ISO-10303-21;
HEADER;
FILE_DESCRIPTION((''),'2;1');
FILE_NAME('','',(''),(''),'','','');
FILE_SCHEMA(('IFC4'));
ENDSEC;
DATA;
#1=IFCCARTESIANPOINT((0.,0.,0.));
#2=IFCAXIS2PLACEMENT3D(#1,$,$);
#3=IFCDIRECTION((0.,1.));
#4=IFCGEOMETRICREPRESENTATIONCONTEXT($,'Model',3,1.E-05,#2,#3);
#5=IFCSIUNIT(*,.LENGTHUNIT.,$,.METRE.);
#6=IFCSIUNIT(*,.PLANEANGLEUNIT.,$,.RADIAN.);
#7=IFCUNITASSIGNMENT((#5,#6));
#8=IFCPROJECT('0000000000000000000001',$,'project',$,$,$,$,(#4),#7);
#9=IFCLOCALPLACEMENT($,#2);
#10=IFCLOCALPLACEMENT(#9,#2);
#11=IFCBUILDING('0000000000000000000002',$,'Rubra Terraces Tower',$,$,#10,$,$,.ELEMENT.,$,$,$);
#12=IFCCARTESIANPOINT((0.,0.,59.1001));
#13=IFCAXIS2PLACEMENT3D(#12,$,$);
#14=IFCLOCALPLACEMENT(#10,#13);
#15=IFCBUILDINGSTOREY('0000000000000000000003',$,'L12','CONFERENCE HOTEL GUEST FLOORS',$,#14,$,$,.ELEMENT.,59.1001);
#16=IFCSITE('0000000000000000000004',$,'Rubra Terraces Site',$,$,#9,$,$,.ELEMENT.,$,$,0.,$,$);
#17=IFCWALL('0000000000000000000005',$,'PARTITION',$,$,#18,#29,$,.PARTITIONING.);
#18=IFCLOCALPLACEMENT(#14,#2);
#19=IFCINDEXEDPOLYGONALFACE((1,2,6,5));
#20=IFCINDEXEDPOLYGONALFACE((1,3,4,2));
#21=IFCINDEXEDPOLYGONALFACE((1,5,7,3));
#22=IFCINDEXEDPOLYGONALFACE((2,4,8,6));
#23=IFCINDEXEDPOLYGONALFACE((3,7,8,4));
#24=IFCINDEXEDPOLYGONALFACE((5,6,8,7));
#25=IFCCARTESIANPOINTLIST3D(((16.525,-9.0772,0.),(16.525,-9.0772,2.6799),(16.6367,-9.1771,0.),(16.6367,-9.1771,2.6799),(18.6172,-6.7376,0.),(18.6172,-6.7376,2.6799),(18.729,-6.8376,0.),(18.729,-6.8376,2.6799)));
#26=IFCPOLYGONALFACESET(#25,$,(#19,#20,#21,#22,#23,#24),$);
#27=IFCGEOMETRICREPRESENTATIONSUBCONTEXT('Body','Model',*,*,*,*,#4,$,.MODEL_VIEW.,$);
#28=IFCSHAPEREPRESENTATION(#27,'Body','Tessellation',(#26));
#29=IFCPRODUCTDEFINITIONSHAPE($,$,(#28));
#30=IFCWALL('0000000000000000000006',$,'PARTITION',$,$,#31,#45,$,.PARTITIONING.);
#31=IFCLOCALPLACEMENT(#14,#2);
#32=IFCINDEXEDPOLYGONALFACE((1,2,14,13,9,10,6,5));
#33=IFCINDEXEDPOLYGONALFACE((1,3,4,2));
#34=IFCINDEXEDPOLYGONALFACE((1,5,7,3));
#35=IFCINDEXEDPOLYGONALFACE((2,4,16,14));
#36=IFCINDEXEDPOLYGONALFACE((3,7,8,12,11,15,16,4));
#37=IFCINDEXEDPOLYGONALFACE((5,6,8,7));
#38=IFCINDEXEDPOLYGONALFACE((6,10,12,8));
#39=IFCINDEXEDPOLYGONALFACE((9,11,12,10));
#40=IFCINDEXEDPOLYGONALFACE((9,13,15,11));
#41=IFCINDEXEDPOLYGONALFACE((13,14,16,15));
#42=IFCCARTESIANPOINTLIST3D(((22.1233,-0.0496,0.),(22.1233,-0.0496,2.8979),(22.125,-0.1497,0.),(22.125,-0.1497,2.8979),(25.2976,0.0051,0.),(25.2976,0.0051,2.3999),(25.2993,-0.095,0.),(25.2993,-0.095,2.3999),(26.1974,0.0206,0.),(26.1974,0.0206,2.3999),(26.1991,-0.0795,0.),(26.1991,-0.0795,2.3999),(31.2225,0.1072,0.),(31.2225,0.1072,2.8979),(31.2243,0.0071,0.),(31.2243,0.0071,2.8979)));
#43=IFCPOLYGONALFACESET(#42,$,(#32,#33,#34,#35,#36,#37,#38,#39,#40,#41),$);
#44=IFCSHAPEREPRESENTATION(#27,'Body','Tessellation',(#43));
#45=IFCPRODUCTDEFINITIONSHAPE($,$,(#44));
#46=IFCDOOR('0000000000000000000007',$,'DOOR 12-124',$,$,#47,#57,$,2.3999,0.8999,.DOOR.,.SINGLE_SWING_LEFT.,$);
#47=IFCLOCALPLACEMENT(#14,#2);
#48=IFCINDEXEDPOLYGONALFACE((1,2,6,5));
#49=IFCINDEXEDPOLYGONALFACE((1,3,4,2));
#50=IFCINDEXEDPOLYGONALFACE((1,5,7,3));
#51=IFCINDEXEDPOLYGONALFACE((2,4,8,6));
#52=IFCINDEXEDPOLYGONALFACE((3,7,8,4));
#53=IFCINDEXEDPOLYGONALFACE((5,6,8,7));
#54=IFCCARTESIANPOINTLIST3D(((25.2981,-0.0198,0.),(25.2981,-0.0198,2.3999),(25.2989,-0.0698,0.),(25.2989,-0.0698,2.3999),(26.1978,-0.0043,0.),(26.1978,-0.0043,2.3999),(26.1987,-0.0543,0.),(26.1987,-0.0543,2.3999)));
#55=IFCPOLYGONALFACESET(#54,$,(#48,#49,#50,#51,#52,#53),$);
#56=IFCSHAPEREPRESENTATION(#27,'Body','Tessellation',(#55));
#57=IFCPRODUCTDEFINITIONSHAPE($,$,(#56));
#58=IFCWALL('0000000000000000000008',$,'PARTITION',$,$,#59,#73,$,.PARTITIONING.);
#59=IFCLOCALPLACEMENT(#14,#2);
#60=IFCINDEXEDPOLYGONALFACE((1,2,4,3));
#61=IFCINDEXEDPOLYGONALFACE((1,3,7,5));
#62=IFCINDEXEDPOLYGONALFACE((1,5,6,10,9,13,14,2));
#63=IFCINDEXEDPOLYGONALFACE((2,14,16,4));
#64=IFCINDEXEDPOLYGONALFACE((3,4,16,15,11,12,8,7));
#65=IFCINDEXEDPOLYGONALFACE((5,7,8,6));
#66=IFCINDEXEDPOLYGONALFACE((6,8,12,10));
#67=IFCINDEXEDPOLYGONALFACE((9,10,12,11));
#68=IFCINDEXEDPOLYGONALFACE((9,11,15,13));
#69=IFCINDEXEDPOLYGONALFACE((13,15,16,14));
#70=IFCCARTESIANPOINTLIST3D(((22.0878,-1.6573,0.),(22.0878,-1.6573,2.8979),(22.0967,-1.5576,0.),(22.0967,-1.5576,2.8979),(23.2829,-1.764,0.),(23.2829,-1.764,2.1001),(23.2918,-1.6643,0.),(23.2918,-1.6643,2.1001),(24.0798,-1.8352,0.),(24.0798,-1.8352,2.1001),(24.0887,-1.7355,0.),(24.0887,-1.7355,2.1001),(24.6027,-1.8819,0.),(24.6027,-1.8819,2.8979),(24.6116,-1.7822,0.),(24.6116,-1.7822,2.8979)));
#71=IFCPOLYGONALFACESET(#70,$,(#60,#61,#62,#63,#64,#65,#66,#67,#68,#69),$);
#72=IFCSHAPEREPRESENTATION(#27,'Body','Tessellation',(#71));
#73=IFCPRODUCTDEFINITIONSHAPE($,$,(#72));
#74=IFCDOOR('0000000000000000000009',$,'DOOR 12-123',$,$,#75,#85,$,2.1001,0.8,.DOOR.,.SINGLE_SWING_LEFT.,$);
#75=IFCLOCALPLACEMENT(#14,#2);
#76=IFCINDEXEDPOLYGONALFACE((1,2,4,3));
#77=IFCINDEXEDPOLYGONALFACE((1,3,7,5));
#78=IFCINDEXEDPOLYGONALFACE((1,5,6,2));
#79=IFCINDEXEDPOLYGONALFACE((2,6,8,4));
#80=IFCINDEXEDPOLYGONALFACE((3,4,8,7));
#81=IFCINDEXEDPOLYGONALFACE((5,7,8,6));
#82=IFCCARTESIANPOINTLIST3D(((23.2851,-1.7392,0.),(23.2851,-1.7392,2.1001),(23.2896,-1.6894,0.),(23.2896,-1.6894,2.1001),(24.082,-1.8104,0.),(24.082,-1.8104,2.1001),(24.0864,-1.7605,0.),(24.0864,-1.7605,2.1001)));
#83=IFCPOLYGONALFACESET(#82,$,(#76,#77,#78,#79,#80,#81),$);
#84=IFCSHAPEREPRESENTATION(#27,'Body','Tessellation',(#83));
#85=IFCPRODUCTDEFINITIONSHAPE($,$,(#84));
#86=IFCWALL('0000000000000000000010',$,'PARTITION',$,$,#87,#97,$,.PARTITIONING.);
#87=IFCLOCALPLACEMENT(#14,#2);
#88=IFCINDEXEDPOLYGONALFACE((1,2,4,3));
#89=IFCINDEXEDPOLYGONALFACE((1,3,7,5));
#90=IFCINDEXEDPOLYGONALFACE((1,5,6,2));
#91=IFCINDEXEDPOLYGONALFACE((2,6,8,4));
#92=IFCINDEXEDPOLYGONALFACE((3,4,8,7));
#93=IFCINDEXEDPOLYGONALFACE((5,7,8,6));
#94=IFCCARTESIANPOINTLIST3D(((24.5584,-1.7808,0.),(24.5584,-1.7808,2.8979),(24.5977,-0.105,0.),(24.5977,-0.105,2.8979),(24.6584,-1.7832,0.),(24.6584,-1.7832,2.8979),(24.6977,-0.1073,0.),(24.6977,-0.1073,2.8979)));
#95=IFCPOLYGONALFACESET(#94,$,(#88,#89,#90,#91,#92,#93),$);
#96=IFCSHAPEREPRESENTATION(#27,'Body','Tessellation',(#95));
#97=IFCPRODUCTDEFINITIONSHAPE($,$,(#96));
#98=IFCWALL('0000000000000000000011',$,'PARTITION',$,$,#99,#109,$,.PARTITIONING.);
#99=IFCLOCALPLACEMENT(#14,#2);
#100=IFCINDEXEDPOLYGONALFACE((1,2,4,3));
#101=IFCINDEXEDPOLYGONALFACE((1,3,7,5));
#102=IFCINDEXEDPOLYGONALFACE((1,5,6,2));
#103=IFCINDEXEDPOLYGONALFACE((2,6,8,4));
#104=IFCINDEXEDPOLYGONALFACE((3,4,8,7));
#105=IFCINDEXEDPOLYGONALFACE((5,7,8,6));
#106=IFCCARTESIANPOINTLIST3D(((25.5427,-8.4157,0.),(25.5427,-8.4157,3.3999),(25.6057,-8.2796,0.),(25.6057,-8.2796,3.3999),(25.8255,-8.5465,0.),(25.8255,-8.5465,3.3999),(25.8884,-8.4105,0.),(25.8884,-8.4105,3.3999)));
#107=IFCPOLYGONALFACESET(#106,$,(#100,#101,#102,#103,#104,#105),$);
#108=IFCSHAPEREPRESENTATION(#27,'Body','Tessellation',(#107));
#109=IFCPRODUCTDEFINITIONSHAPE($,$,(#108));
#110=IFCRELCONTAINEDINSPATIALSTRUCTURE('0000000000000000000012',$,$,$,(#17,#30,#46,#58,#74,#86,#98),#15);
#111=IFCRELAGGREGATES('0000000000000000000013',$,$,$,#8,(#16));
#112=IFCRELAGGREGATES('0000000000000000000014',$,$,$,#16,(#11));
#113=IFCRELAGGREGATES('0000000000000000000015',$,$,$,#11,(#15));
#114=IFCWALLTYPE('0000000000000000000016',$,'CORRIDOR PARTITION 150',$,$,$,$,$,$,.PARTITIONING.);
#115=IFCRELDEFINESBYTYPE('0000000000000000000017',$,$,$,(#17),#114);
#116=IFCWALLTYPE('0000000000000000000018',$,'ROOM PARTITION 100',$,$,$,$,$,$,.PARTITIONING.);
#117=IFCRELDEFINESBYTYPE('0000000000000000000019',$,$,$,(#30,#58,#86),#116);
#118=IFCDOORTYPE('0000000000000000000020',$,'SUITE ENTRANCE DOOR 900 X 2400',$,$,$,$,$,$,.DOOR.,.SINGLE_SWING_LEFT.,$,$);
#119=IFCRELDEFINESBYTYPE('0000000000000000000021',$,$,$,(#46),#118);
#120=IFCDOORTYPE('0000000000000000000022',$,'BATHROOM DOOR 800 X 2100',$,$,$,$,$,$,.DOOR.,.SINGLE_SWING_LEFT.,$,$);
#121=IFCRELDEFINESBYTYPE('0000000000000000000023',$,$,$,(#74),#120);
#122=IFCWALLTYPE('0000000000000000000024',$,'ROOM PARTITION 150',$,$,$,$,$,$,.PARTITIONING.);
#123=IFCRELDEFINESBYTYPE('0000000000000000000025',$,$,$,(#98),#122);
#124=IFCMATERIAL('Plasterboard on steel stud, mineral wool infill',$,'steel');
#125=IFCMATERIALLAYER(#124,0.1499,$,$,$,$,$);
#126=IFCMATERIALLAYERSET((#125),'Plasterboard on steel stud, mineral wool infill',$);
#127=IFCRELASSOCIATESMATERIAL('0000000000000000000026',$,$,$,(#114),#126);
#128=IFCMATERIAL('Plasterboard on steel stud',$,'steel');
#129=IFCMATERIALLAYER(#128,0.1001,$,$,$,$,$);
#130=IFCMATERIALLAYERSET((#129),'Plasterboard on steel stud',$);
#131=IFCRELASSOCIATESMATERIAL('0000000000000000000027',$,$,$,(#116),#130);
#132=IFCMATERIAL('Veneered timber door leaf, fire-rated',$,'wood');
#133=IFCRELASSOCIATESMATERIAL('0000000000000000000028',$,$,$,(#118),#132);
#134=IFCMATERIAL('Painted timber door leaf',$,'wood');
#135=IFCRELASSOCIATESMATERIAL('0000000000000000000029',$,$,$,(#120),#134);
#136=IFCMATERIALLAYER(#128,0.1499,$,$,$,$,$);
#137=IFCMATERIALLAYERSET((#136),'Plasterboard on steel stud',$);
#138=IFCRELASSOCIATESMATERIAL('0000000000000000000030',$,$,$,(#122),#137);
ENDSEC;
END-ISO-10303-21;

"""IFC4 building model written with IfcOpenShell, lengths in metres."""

from ifc_helpers import new_model, si_unit, direction, frame, frame_2d, origin, place, context, subcontext, project, spatial, rectangle, extrude, material, layer, layer_set, type_object, element, fill, save


model = new_model("IFC4")

# Units and contexts
model_context = context("Model", 3, precision=1e-05, world=origin(), true_north=direction((0.0, 1.0)))
body_context = subcontext(model_context, "Body", "Model", "MODEL_VIEW")
ifc_project = project(units=[si_unit("LENGTHUNIT", "METRE"), si_unit("PLANEANGLEUNIT", "RADIAN")], contexts=[model_context])

# Site, building, storey
site_placement = place(None, origin())
site = spatial("IfcSite", under=ifc_project, at=site_placement, Name="Rubra Terraces Site", CompositionType="ELEMENT", RefElevation=0.0)
building_placement = place(site_placement, origin())
building = spatial("IfcBuilding", under=site, at=building_placement, Name="Rubra Terraces Tower", CompositionType="ELEMENT")
storey_placement = place(building_placement, frame((0.0, 0.0, 59.1001)))
storey = spatial("IfcBuildingStorey", under=building, at=storey_placement, Name="L12", Description="CONFERENCE HOTEL GUEST FLOORS", CompositionType="ELEMENT", Elevation=59.1001)

# Shared definitions
ifc_material_1 = material(Name="Plasterboard on steel stud, mineral wool infill", Category="steel")
ifc_layer_1 = layer(ifc_material_1, 0.1499)
ifc_layer_set_1 = layer_set([ifc_layer_1], Name="Plasterboard on steel stud, mineral wool infill")
wall_type_1 = type_object("IfcWallType", Name="CORRIDOR PARTITION 150", PredefinedType="PARTITIONING", material=ifc_layer_set_1)
ifc_material_2 = material(Name="Painted timber door leaf", Category="wood")

# Wall
wall_1_placement = place(storey_placement, frame((18.6731, -6.7876, 0.0), z_axis=(0.0, 0.0, 1.0), x_axis=(-0.666611, -0.745406, 0.0)))
element("IfcWall", 1, at=wall_1_placement, inside=storey, type_object=wall_type_1, Name="PARTITION", PredefinedType="PARTITIONING", context=body_context, shape_type="SweptSolid", body=[
    extrude(rectangle(XDim=3.1387, YDim=0.1499, at=frame_2d((1.5693, 0.0))), origin(), (0.0, 0.0, 1.0), 2.6799),
])

# Walls, openings, doors
ifc_material_3 = material(Name="Plasterboard on steel stud", Category="steel")
ifc_layer_2 = layer(ifc_material_3, 0.1001)
ifc_layer_set_2 = layer_set([ifc_layer_2], Name="Plasterboard on steel stud")
wall_type_2 = type_object("IfcWallType", Name="ROOM PARTITION 100", PredefinedType="PARTITIONING", material=ifc_layer_set_2)
wall_2_placement = place(storey_placement, frame((31.2234, 0.0571, 0.0), z_axis=(0.0, 0.0, 1.0), x_axis=(-0.999852, -0.017223, 0.0)))
wall_2 = element("IfcWall", 2, at=wall_2_placement, inside=storey, type_object=wall_type_2, Name="PARTITION", PredefinedType="PARTITIONING", context=body_context, shape_type="SweptSolid", body=[
    extrude(rectangle(XDim=9.1006, YDim=0.1001, at=frame_2d((4.5503, 0.0))), origin(), (0.0, 0.0, 1.0), 2.8979),
])
opening_1_placement = place(wall_2_placement, frame((5.0259, 0.0, 0.0)))
opening_1 = element("IfcOpeningElement", 3, at=opening_1_placement, cuts=wall_2, PredefinedType="OPENING", context=body_context, shape_type="SweptSolid", body=[
    extrude(rectangle(XDim=0.8999, YDim=2.3999, at=frame_2d((0.45, 1.2))), frame((0.0, 0.0601, 0.0), z_axis=(0.0, -1.0, 0.0), x_axis=(1.0, 0.0, 0.0)), (0.0, 0.0, 1.0), 0.1201),
])
ifc_material_4 = material(Name="Veneered timber door leaf, fire-rated", Category="wood")
door_type_1 = type_object("IfcDoorType", Name="SUITE ENTRANCE DOOR 900 X 2400", OperationType="SINGLE_SWING_LEFT", PredefinedType="DOOR", material=ifc_material_4)
door_1_placement = place(opening_1_placement, origin())
door_1 = element("IfcDoor", 4, at=door_1_placement, inside=storey, type_object=door_type_1, Name="DOOR 12-124", OperationType="SINGLE_SWING_LEFT", OverallHeight=2.3999, OverallWidth=0.8999, PredefinedType="DOOR", context=body_context, shape_type="SweptSolid", body=[
    extrude(rectangle(XDim=0.8999, YDim=2.3999, at=frame_2d((0.45, 1.2))), frame((0.0, 0.0249, 0.0), z_axis=(0.0, -1.0, 0.0), x_axis=(1.0, 0.0, 0.0)), (0.0, 0.0, 1.0), 0.05),
])
fill(opening_1, door_1)
wall_3_placement = place(storey_placement, frame((22.0923, -1.6074, 0.0), z_axis=(0.0, 0.0, 1.0), x_axis=(0.996035, -0.088958, 0.0)))
wall_3 = element("IfcWall", 5, at=wall_3_placement, inside=storey, type_object=wall_type_2, Name="PARTITION", PredefinedType="PARTITIONING", context=body_context, shape_type="SweptSolid", body=[
    extrude(rectangle(XDim=2.5249, YDim=0.1001, at=frame_2d((1.2625, 0.0))), origin(), (0.0, 0.0, 1.0), 2.8979),
])
opening_2_placement = place(wall_3_placement, frame((1.2, 0.0, 0.0)))
opening_2 = element("IfcOpeningElement", 6, at=opening_2_placement, cuts=wall_3, PredefinedType="OPENING", context=body_context, shape_type="SweptSolid", body=[
    extrude(rectangle(XDim=0.8, YDim=2.1001, at=frame_2d((0.3999, 1.05))), frame((0.0, 0.0601, 0.0), z_axis=(0.0, -1.0, 0.0), x_axis=(1.0, 0.0, 0.0)), (0.0, 0.0, 1.0), 0.1201),
])
door_type_2 = type_object("IfcDoorType", Name="BATHROOM DOOR 800 X 2100", OperationType="SINGLE_SWING_LEFT", PredefinedType="DOOR", material=ifc_material_2)
door_2_placement = place(opening_2_placement, origin())
door_2 = element("IfcDoor", 7, at=door_2_placement, inside=storey, type_object=door_type_2, Name="DOOR 12-123", OperationType="SINGLE_SWING_LEFT", OverallHeight=2.1001, OverallWidth=0.8, PredefinedType="DOOR", context=body_context, shape_type="SweptSolid", body=[
    extrude(rectangle(XDim=0.8, YDim=2.1001, at=frame_2d((0.3999, 1.05))), frame((0.0, 0.0249, 0.0), z_axis=(0.0, -1.0, 0.0), x_axis=(1.0, 0.0, 0.0)), (0.0, 0.0, 1.0), 0.05),
])
fill(opening_2, door_2)

# Walls
wall_4_placement = place(storey_placement, frame((24.6084, -1.782, 0.0), z_axis=(0.0, 0.0, 1.0), x_axis=(0.023449, 0.999725, 0.0)))
element("IfcWall", 8, at=wall_4_placement, inside=storey, type_object=wall_type_2, Name="PARTITION", PredefinedType="PARTITIONING", context=body_context, shape_type="SweptSolid", body=[
    extrude(rectangle(XDim=1.6763, YDim=0.1001, at=frame_2d((0.8381, 0.0))), origin(), (0.0, 0.0, 1.0), 2.8979),
])
ifc_layer_3 = layer(ifc_material_3, 0.1499)
ifc_layer_set_3 = layer_set([ifc_layer_3], Name="Plasterboard on steel stud")
wall_type_3 = type_object("IfcWallType", Name="ROOM PARTITION 150", PredefinedType="PARTITIONING", material=ifc_layer_set_3)
wall_5_placement = place(storey_placement, frame((25.8569, -8.4785, 0.0), z_axis=(0.0, 0.0, 1.0), x_axis=(-0.9075, 0.420052, 0.0)))
element("IfcWall", 9, at=wall_5_placement, inside=storey, type_object=wall_type_3, Name="PARTITION", PredefinedType="PARTITIONING", context=body_context, shape_type="SweptSolid", body=[
    extrude(rectangle(XDim=0.3115, YDim=0.1499, at=frame_2d((0.1558, 0.0))), origin(), (0.0, 0.0, 1.0), 3.3999),
])

save(model, "model.ifc")
